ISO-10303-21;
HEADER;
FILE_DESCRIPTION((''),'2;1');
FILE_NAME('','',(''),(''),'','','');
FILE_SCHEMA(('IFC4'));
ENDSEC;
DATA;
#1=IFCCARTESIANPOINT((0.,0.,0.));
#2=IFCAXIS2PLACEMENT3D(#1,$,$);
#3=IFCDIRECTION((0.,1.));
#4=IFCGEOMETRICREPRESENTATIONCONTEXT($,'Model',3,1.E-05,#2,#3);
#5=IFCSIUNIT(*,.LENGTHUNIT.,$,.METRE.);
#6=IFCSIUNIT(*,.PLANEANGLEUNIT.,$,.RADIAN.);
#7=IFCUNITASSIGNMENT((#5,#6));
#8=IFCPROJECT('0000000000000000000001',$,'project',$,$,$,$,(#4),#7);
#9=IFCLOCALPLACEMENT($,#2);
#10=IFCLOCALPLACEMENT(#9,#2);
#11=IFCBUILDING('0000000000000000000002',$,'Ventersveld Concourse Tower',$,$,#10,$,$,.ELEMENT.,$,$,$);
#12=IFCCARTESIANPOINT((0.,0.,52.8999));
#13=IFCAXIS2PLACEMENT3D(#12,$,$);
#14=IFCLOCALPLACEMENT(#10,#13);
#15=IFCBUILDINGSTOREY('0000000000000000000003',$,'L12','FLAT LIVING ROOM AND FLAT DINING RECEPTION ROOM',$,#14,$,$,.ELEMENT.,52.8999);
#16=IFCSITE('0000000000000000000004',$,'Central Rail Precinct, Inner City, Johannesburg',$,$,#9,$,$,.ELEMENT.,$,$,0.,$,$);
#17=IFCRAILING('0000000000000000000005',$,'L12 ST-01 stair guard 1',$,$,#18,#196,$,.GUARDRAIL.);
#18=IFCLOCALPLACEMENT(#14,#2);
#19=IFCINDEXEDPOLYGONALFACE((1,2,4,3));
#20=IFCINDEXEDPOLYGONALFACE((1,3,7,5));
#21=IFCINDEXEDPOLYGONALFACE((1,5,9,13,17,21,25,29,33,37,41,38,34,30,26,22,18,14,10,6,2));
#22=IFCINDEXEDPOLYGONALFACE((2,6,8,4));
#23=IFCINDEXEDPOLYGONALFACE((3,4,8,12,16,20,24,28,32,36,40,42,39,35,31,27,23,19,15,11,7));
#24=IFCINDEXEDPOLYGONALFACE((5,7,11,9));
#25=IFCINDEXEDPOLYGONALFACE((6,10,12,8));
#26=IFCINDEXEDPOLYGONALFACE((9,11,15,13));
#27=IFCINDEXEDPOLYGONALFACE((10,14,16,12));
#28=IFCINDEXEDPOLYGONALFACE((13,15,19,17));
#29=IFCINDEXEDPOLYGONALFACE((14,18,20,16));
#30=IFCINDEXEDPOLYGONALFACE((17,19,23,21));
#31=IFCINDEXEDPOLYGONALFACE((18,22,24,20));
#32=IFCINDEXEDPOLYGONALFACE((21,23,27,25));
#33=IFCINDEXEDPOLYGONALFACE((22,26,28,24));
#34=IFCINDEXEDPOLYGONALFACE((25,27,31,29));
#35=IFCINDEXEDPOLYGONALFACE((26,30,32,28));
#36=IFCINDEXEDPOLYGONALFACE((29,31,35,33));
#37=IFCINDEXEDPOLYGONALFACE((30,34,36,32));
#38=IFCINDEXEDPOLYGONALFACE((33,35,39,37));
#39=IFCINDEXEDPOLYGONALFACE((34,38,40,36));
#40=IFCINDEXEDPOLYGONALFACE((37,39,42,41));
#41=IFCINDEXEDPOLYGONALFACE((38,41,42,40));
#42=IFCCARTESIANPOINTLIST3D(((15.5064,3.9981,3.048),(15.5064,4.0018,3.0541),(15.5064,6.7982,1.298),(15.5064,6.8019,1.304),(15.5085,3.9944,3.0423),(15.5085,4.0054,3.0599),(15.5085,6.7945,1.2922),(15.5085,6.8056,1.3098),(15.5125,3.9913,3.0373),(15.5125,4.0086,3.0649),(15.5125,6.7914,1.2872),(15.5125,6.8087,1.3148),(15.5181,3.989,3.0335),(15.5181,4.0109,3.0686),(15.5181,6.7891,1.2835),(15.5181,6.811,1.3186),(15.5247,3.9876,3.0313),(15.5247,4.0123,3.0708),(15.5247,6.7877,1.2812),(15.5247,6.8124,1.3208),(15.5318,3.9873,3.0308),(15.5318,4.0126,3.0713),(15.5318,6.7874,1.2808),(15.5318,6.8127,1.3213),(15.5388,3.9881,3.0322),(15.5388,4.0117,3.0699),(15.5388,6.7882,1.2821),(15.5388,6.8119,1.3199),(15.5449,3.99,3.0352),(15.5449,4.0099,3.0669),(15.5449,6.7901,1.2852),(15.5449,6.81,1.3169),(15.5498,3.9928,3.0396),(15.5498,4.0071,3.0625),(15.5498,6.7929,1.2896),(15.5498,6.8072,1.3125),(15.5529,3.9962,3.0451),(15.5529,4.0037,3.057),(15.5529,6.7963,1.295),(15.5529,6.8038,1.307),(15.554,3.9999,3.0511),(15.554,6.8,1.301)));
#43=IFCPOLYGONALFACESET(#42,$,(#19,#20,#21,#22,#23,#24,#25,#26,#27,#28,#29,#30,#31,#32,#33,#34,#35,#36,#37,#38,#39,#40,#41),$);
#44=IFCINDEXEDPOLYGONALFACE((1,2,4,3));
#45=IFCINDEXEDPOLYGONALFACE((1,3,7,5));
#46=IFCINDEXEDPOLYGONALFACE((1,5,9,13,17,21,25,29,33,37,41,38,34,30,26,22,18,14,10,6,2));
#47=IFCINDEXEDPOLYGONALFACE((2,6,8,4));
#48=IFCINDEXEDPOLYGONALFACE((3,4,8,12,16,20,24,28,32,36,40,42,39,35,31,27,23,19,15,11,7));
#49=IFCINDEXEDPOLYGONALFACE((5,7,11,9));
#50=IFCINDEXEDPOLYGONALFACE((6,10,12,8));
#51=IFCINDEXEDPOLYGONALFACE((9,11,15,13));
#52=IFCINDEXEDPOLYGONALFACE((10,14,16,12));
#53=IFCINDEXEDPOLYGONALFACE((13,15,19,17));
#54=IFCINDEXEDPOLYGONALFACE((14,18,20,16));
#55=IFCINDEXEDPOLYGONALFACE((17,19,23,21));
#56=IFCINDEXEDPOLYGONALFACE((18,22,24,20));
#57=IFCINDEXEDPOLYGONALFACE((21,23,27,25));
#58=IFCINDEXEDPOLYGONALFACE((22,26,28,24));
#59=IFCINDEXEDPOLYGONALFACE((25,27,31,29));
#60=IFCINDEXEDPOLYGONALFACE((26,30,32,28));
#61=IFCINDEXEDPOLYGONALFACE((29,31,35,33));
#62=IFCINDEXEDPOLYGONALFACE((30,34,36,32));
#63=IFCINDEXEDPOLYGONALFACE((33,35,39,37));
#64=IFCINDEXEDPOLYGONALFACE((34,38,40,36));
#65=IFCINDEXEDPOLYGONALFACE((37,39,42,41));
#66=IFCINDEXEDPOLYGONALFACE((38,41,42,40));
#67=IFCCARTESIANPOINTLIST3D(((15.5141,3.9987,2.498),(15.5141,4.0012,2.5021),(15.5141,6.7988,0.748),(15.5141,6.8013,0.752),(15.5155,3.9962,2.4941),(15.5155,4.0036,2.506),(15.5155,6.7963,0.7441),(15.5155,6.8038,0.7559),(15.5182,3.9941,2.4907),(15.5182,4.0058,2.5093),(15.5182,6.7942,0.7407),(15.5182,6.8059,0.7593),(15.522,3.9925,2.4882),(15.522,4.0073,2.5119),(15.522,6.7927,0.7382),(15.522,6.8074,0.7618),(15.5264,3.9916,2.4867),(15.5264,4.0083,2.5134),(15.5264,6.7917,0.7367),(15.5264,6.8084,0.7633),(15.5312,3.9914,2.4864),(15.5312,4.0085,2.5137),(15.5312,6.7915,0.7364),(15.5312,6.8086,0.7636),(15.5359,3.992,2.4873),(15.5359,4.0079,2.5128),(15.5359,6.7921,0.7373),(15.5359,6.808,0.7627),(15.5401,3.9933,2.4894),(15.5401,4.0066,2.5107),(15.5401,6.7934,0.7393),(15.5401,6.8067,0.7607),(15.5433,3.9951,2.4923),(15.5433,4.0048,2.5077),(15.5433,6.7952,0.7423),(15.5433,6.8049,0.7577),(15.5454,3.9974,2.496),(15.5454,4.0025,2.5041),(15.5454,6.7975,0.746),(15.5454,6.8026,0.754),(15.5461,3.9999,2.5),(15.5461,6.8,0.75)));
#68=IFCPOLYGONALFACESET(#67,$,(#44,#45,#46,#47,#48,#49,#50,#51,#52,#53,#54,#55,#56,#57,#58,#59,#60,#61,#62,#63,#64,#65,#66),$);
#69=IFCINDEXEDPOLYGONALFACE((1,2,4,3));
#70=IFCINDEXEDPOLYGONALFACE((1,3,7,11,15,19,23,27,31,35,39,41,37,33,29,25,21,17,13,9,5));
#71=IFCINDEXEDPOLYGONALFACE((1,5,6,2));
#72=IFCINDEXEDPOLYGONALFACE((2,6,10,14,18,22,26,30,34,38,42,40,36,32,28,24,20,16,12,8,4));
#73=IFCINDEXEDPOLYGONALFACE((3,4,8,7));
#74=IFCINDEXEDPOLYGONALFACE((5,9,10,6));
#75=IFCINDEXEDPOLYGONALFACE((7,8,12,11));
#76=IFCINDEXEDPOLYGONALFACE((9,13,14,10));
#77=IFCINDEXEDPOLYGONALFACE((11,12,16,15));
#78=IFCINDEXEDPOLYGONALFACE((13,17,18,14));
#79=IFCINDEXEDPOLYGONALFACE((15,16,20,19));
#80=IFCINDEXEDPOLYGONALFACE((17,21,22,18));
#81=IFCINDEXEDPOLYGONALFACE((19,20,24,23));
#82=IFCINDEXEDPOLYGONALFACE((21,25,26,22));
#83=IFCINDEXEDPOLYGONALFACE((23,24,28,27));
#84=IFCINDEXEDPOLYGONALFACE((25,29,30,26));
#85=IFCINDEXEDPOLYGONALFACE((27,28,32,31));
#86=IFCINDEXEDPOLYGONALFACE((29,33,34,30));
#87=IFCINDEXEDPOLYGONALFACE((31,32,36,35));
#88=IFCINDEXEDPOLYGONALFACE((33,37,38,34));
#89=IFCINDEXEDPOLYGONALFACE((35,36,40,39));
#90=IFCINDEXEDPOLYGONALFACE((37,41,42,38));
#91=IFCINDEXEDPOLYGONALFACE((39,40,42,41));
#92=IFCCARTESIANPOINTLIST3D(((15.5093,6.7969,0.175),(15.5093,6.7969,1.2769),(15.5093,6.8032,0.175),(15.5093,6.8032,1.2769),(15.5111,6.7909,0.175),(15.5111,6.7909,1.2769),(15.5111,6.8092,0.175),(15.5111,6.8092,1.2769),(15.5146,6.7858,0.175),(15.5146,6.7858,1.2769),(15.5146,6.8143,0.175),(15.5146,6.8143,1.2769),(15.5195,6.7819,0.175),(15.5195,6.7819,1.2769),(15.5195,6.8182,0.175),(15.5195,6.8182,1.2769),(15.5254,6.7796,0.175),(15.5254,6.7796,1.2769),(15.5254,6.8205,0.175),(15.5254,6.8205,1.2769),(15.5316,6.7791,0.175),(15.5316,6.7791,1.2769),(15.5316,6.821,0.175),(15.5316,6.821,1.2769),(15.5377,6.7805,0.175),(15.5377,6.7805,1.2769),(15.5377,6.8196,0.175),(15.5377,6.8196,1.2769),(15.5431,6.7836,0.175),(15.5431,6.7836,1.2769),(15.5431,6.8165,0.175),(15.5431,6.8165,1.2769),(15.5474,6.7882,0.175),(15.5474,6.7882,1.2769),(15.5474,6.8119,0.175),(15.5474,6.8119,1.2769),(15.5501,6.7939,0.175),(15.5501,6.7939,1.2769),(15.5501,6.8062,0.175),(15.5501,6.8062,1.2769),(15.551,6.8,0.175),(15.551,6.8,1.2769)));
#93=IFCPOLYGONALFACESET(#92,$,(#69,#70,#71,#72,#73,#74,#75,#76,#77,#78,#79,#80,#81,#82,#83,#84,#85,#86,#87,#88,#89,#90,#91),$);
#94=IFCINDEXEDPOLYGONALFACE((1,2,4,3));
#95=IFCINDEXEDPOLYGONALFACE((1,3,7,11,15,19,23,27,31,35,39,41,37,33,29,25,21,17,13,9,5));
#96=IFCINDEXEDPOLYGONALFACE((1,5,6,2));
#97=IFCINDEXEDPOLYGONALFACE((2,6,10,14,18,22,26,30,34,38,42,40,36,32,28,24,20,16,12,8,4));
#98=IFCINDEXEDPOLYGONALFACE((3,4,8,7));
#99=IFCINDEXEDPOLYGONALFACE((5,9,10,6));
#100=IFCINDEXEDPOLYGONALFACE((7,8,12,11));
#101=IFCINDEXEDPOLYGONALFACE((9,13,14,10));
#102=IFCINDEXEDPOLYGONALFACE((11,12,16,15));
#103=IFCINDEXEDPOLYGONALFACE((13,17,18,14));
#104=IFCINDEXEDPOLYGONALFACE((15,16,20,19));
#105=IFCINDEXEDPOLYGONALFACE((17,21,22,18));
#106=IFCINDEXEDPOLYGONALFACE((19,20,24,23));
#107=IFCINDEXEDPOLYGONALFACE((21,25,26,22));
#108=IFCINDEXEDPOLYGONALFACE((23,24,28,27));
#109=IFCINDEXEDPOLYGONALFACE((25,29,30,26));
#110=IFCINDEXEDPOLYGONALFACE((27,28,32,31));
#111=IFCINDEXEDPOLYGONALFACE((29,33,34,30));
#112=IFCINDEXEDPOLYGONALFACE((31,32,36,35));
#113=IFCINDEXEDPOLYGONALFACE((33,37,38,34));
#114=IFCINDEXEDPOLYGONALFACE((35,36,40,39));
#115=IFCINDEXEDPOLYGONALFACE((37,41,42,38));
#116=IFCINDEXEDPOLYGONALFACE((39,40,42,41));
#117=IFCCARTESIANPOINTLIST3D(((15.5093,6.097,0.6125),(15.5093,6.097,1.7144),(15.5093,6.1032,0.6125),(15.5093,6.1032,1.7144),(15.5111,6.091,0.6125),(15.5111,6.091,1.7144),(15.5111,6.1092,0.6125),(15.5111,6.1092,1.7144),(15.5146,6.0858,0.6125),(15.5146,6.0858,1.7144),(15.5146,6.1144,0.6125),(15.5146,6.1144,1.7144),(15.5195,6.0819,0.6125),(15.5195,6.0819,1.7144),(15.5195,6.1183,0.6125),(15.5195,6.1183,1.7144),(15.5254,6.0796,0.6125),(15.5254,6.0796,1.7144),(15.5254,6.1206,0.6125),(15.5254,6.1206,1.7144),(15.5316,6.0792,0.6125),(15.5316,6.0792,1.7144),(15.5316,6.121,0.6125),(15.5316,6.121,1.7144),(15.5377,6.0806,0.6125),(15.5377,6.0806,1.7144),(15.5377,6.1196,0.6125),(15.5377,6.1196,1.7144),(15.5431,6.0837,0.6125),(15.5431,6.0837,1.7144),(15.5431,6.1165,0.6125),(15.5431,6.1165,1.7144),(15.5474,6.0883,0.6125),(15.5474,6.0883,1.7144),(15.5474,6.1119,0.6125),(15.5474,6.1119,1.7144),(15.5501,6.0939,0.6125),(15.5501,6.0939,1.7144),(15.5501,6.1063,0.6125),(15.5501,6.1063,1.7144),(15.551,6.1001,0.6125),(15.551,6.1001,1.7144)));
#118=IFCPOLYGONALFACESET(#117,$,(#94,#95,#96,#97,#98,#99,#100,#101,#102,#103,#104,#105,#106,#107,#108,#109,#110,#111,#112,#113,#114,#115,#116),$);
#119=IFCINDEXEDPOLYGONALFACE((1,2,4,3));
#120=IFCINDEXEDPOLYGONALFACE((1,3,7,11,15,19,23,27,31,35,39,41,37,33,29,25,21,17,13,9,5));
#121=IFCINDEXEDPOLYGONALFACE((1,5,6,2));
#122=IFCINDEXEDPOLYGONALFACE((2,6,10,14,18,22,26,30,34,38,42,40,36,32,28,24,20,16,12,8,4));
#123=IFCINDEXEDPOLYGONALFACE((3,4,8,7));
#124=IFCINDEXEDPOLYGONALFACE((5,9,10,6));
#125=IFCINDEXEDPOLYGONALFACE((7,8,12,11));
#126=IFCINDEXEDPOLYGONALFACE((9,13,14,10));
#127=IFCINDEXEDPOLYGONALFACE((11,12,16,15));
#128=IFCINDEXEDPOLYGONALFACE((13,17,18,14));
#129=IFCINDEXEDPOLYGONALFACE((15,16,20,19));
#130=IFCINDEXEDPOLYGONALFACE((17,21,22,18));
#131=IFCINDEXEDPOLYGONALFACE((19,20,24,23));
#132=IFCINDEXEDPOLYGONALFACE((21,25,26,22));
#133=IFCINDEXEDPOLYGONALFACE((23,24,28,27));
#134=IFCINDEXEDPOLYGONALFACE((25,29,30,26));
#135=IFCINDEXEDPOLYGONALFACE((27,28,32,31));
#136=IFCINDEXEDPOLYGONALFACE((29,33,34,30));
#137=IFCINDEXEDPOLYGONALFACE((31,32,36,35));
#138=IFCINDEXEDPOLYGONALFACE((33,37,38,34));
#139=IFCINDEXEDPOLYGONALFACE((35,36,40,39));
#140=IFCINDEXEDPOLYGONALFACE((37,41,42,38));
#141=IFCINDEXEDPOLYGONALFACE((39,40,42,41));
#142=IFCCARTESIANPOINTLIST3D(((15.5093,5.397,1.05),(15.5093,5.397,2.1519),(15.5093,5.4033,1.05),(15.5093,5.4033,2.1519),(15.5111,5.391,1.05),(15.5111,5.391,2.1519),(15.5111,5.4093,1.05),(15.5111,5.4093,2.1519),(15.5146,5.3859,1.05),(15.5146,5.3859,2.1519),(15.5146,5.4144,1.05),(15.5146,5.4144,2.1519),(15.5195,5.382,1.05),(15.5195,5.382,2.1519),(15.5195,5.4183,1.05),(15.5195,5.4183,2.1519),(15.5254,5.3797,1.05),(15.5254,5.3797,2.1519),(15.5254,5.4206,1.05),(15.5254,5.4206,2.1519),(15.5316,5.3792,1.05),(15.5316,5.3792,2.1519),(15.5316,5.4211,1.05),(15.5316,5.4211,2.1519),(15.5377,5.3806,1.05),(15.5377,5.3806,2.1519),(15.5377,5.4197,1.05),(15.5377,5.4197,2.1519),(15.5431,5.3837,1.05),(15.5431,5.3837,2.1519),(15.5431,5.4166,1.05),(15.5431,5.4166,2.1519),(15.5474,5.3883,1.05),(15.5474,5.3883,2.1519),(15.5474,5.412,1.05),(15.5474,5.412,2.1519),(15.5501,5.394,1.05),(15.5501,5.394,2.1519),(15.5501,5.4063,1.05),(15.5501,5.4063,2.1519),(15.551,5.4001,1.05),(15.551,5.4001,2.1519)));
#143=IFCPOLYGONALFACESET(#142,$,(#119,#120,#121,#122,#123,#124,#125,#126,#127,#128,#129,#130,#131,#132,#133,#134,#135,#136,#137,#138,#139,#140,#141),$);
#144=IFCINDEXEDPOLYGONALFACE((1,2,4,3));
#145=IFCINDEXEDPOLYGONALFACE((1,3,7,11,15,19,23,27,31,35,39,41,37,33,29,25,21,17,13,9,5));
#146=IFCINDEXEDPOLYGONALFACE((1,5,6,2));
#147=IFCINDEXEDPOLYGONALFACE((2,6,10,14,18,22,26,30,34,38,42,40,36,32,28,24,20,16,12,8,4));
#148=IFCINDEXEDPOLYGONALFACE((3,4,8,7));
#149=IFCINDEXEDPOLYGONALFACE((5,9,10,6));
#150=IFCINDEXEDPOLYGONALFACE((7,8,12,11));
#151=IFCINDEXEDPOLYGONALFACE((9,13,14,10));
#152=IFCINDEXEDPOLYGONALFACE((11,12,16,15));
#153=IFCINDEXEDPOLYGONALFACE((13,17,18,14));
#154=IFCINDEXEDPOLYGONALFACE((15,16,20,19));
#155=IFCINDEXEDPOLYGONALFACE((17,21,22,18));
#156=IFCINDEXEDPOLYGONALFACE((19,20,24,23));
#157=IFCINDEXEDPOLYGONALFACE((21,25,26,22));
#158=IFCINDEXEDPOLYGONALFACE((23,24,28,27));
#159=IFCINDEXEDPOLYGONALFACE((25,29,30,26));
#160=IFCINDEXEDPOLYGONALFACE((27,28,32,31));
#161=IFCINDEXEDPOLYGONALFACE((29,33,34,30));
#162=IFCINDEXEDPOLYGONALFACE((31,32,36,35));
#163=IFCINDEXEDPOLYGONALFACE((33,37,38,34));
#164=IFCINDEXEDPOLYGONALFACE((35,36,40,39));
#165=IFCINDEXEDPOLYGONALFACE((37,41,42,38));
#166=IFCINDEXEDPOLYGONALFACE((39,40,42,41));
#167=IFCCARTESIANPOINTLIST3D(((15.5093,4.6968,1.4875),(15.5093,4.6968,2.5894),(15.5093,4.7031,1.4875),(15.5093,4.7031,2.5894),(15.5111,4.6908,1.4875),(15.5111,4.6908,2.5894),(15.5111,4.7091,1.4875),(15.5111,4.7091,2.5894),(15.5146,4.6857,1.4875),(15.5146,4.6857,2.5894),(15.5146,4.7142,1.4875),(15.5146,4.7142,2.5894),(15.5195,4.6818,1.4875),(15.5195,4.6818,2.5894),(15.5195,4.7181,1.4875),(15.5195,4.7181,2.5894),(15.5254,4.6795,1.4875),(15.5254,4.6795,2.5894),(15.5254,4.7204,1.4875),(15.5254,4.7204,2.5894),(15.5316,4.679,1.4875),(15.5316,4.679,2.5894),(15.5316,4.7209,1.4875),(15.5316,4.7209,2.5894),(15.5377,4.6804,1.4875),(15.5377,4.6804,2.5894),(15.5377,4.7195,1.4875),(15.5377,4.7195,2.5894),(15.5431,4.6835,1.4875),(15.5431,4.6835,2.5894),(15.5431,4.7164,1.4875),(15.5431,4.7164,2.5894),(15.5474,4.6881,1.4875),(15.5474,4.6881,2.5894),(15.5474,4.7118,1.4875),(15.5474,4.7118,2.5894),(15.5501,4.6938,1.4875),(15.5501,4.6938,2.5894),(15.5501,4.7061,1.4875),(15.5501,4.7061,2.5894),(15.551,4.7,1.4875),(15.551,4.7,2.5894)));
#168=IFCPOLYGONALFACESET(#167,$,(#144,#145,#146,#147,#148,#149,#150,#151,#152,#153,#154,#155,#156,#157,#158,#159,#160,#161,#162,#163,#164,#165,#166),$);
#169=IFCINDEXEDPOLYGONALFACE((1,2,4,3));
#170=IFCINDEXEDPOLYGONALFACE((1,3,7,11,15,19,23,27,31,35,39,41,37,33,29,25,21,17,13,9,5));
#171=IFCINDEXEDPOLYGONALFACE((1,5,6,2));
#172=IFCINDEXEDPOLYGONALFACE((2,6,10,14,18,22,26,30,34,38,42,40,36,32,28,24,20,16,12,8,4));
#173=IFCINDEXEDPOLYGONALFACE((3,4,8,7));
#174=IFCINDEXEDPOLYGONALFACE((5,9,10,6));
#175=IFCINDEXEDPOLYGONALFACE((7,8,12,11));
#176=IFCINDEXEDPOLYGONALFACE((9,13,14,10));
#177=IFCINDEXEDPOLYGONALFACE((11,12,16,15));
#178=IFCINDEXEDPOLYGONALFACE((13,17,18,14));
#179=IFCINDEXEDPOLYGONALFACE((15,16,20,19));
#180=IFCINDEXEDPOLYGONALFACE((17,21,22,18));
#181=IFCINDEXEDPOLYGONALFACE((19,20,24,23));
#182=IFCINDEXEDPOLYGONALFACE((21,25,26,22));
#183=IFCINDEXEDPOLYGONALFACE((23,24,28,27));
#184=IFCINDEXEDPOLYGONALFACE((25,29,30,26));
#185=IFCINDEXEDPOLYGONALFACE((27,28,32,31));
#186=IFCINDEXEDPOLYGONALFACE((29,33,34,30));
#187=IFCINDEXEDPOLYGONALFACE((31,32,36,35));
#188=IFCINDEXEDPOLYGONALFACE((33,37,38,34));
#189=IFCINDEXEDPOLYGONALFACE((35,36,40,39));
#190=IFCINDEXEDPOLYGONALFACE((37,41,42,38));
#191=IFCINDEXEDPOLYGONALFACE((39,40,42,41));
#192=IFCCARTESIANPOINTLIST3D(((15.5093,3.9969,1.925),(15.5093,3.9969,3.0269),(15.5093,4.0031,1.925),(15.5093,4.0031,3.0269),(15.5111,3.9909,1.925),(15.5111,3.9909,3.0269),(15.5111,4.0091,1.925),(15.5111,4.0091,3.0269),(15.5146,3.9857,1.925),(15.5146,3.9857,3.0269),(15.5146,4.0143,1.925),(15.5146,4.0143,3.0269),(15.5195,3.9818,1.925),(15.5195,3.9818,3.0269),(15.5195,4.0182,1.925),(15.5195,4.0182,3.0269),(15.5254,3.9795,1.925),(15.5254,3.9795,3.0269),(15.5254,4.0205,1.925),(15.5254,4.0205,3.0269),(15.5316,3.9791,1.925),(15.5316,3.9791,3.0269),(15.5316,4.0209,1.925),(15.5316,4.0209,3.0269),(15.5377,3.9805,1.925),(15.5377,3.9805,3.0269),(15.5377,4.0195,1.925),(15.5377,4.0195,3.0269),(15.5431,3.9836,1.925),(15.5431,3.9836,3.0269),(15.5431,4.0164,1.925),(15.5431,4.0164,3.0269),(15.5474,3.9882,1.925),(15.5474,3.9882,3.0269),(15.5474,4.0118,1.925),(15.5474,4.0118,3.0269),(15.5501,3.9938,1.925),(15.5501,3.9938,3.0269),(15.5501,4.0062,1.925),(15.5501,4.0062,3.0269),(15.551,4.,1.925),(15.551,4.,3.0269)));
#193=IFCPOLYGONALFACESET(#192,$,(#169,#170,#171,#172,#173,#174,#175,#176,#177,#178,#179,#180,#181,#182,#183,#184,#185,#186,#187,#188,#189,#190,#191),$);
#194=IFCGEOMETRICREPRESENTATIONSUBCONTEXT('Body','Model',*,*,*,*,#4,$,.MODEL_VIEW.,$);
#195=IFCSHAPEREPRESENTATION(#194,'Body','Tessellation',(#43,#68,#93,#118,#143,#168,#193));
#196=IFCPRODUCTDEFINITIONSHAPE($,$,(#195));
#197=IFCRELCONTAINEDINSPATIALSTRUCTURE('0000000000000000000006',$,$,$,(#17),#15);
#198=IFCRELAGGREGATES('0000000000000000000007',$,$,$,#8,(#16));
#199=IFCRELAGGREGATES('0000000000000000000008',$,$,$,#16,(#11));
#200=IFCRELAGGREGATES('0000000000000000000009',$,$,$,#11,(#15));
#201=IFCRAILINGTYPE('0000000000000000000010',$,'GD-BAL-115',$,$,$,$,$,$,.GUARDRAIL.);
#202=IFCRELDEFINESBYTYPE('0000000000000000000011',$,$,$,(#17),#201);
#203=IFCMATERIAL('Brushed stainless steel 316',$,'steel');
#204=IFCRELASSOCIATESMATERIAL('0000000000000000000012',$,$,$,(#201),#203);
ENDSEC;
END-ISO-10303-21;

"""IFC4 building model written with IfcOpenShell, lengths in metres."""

from ifc_helpers import new_model, si_unit, direction, frame, origin, origin_2d, place, context, subcontext, project, spatial, circle, extrude, material, type_object, element, save


model = new_model("IFC4")

# Units and contexts
model_context = context("Model", 3, precision=1e-05, world=origin(), true_north=direction((0.0, 1.0)))
body_context = subcontext(model_context, "Body", "Model", "MODEL_VIEW")
ifc_project = project(units=[si_unit("LENGTHUNIT", "METRE"), si_unit("PLANEANGLEUNIT", "RADIAN")], contexts=[model_context])

# Site, building, storey
site_placement = place(None, origin())
site = spatial("IfcSite", under=ifc_project, at=site_placement, Name="Central Rail Precinct, Inner City, Johannesburg", CompositionType="ELEMENT", RefElevation=0.0)
building_placement = place(site_placement, origin())
building = spatial("IfcBuilding", under=site, at=building_placement, Name="Ventersveld Concourse Tower", CompositionType="ELEMENT")
storey_placement = place(building_placement, frame((0.0, 0.0, 52.8999)))
storey = spatial("IfcBuildingStorey", under=building, at=storey_placement, Name="L12", Description="FLAT LIVING ROOM AND FLAT DINING RECEPTION ROOM", CompositionType="ELEMENT", Elevation=52.8999)

# Railing
ifc_material_1 = material(Name="Brushed stainless steel 316", Category="steel")
railing_type_1 = type_object("IfcRailingType", Name="GD-BAL-115", PredefinedType="GUARDRAIL", material=ifc_material_1)
railing_1_placement = place(storey_placement, frame((15.53, 6.8, 0.175)))
element("IfcRailing", 1, at=railing_1_placement, inside=storey, type_object=railing_type_1, Name="L12 ST-01 stair guard 1", PredefinedType="GUARDRAIL", context=body_context, shape_type="SweptSolid", body=[
    extrude(circle(Radius=0.0239, at=origin_2d()), frame((0.0, 0.0, 1.126), z_axis=(0.0, -0.848002, 0.529992), x_axis=(1.0, 0.0, 0.0)), (0.0, 0.0, 1.0), 3.302),
    extrude(circle(Radius=0.0161, at=origin_2d()), frame((0.0, 0.0, 0.575), z_axis=(0.0, -0.848002, 0.529992), x_axis=(1.0, 0.0, 0.0)), (0.0, 0.0, 1.0), 3.302),
    extrude(circle(Radius=0.021, at=origin_2d()), origin(), (0.0, 0.0, 1.0), 1.1018),
    extrude(circle(Radius=0.021, at=origin_2d()), frame((0.0, -0.7, 0.4375)), (0.0, 0.0, 1.0), 1.1018),
    extrude(circle(Radius=0.021, at=origin_2d()), frame((0.0, -1.3999, 0.875)), (0.0, 0.0, 1.0), 1.1018),
    extrude(circle(Radius=0.021, at=origin_2d()), frame((0.0, -2.1001, 1.3125)), (0.0, 0.0, 1.0), 1.1018),
    extrude(circle(Radius=0.021, at=origin_2d()), frame((0.0, -2.8, 1.75)), (0.0, 0.0, 1.0), 1.1018),
])

save(model, "model.ifc")
